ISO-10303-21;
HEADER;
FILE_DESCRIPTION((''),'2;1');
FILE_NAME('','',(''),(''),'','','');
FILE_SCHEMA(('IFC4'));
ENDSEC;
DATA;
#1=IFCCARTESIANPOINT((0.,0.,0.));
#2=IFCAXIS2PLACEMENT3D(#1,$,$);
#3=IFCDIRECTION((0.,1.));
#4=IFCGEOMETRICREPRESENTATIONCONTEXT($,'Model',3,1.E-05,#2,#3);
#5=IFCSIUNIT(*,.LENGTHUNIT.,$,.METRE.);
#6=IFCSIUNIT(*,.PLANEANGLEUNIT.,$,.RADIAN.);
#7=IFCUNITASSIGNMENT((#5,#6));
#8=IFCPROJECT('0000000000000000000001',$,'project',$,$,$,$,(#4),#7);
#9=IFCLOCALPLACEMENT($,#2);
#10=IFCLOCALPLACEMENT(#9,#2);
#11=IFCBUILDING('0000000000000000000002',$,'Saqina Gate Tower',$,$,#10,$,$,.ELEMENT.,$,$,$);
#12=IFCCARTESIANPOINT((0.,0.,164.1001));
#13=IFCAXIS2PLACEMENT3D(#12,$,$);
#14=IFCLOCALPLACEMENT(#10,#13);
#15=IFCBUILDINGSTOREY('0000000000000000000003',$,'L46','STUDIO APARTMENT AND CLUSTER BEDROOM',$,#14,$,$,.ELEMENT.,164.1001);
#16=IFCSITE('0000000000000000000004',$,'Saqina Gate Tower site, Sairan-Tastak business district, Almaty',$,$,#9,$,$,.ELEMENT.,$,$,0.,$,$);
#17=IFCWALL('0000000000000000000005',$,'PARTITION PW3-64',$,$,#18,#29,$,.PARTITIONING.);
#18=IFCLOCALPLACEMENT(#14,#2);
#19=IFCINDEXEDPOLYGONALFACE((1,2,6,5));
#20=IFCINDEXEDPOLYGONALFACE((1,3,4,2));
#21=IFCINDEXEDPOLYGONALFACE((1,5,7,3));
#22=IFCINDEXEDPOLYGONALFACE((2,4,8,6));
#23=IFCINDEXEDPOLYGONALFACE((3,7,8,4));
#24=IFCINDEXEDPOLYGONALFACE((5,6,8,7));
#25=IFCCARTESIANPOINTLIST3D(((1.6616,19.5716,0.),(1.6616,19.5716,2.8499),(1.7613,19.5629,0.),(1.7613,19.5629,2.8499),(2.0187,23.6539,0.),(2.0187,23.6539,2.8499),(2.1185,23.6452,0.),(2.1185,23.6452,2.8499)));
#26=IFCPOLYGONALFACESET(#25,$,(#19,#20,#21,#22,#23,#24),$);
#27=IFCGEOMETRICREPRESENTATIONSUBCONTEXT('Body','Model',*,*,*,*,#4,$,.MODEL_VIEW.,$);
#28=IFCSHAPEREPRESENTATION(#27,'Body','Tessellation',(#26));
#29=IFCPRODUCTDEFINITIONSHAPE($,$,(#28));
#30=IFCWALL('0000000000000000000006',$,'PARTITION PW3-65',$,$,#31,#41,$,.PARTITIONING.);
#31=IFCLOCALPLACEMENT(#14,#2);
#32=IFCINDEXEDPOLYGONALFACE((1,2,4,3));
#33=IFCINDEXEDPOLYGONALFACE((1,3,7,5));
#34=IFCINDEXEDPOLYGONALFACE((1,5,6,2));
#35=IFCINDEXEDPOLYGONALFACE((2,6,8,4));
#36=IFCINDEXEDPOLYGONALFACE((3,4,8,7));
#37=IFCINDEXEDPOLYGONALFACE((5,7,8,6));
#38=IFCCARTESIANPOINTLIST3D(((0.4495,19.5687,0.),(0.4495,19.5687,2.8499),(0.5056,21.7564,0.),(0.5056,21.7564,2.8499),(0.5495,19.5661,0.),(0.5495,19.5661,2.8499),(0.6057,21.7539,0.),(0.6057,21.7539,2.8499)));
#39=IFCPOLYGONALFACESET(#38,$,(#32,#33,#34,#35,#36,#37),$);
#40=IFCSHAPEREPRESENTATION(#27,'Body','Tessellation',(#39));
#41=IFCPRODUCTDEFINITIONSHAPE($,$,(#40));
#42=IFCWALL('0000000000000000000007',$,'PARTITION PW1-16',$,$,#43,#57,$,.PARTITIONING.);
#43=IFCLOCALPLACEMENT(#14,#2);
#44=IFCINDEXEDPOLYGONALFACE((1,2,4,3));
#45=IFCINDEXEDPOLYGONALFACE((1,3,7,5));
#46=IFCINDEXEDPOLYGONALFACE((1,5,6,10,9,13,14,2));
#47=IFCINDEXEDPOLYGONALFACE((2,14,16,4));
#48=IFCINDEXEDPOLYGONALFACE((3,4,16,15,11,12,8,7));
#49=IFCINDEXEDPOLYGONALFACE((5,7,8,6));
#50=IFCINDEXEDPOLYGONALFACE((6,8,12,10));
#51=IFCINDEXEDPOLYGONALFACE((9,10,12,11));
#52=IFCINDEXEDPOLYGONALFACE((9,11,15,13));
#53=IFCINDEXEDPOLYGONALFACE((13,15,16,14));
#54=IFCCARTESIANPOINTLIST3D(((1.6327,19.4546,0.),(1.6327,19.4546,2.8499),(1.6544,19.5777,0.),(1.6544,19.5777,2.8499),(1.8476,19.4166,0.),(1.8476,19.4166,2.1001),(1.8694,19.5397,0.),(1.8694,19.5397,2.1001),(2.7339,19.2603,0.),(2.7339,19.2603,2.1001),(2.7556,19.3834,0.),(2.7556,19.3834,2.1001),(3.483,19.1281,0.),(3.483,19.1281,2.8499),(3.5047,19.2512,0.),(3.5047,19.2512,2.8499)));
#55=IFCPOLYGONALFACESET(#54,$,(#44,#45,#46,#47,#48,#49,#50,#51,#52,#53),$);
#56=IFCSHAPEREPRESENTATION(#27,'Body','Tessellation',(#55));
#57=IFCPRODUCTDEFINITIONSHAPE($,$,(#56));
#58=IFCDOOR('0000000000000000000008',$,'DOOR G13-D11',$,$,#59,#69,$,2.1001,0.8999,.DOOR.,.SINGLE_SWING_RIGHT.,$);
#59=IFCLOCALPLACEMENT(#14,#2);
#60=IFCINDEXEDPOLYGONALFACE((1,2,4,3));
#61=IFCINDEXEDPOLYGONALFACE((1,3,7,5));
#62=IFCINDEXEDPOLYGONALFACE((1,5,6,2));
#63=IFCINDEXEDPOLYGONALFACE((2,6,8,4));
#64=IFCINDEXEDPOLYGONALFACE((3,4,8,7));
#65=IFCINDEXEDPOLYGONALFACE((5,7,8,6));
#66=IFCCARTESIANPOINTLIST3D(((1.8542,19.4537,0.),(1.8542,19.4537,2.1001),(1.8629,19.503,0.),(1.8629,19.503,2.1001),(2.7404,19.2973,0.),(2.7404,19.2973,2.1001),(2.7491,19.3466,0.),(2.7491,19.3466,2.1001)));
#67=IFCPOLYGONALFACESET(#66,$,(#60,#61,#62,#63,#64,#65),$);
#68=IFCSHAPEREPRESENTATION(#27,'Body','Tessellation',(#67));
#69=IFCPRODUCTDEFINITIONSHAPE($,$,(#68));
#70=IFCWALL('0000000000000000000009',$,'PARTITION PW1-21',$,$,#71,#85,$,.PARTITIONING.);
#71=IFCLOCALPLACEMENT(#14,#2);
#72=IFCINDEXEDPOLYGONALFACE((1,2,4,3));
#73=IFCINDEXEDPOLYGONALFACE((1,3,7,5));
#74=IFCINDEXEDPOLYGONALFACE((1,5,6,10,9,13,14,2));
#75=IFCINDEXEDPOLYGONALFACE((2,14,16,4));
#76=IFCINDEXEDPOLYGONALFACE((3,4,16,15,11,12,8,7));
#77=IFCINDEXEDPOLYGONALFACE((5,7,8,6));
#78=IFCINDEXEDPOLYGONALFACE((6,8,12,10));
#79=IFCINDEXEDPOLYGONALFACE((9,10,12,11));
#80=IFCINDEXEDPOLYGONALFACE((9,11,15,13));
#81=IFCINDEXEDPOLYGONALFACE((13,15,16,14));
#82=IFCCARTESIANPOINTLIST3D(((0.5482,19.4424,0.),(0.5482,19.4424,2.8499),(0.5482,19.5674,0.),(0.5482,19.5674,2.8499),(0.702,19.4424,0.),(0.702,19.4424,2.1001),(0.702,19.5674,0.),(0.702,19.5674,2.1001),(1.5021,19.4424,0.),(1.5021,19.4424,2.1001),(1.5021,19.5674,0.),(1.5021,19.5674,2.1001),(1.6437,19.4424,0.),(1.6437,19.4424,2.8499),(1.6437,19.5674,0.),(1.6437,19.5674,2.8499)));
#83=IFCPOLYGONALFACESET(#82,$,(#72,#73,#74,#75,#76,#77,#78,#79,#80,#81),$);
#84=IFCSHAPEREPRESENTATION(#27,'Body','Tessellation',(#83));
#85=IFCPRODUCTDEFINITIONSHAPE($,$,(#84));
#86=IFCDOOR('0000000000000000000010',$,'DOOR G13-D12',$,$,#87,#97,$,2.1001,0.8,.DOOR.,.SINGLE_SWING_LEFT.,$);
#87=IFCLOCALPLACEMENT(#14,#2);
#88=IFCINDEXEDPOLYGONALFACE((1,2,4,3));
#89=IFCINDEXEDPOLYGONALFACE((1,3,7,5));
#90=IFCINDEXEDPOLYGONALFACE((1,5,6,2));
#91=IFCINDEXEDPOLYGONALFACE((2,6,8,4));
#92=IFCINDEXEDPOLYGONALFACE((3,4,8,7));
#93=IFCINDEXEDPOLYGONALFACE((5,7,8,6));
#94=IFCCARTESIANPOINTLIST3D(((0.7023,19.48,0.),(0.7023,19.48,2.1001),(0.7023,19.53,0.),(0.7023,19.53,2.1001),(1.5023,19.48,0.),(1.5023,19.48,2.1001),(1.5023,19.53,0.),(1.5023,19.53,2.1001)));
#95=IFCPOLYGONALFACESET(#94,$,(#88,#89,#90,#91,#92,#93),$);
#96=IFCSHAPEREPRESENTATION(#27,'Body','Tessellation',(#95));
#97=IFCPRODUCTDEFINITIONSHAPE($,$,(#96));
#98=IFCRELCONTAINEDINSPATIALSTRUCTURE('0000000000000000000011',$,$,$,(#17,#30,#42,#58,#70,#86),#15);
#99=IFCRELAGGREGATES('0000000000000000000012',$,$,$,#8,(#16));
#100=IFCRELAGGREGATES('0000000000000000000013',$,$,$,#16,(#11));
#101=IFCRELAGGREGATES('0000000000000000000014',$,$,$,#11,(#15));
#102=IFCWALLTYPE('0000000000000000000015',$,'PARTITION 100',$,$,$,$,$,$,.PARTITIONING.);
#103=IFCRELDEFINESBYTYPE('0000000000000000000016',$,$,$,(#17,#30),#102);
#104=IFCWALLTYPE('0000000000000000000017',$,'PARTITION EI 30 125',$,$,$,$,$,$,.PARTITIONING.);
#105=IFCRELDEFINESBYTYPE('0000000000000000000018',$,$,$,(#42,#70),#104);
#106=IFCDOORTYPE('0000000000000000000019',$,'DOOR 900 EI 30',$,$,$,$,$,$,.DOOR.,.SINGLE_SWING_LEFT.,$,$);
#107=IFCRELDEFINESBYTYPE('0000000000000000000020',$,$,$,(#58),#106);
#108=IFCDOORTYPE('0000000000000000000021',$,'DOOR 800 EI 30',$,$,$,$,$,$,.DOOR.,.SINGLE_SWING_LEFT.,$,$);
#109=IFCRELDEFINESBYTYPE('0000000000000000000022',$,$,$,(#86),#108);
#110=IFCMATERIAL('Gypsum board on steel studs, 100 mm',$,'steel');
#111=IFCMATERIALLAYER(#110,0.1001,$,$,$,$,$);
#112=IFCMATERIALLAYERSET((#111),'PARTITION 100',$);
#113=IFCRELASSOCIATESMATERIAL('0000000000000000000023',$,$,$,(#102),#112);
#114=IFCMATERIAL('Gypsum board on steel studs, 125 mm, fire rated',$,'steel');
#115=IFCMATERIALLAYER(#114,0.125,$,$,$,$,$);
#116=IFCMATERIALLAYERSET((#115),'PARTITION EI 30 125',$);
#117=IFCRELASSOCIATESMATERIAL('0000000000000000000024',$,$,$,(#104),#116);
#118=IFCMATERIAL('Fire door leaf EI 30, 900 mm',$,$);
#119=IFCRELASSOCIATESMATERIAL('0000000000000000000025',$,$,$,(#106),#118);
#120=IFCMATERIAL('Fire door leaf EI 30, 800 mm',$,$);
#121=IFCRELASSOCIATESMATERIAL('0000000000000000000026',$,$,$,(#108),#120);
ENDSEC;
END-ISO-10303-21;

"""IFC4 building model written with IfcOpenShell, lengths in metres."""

from ifc_helpers import new_model, si_unit, direction, frame, frame_2d, origin, place, context, subcontext, project, spatial, rectangle, extrude, material, layer, layer_set, type_object, element, fill, save


model = new_model("IFC4")

# Units and contexts
model_context = context("Model", 3, precision=1e-05, world=origin(), true_north=direction((0.0, 1.0)))
body_context = subcontext(model_context, "Body", "Model", "MODEL_VIEW")
ifc_project = project(units=[si_unit("LENGTHUNIT", "METRE"), si_unit("PLANEANGLEUNIT", "RADIAN")], contexts=[model_context])

# Site, building, storey
site_placement = place(None, origin())
site = spatial("IfcSite", under=ifc_project, at=site_placement, Name="Saqina Gate Tower site, Sairan-Tastak business district, Almaty", CompositionType="ELEMENT", RefElevation=0.0)
building_placement = place(site_placement, origin())
building = spatial("IfcBuilding", under=site, at=building_placement, Name="Saqina Gate Tower", CompositionType="ELEMENT")
storey_placement = place(building_placement, frame((0.0, 0.0, 164.1001)))
storey = spatial("IfcBuildingStorey", under=building, at=storey_placement, Name="L46", Description="STUDIO APARTMENT AND CLUSTER BEDROOM", CompositionType="ELEMENT", Elevation=164.1001)

# Shared definitions
ifc_material_1 = material(Name="Gypsum board on steel studs, 100 mm", Category="steel")
ifc_layer_1 = layer(ifc_material_1, 0.1001)
ifc_layer_set_1 = layer_set([ifc_layer_1], Name="PARTITION 100")
wall_type_1 = type_object("IfcWallType", Name="PARTITION 100", PredefinedType="PARTITIONING", material=ifc_layer_set_1)

# Walls
wall_1_placement = place(storey_placement, frame((1.7114, 19.5674, 0.0), z_axis=(0.0, 0.0, 1.0), x_axis=(0.087162, 0.996194, 0.0)))
element("IfcWall", 1, at=wall_1_placement, inside=storey, type_object=wall_type_1, Name="PARTITION PW3-64", PredefinedType="PARTITIONING", context=body_context, shape_type="SweptSolid", body=[
    extrude(rectangle(XDim=4.0979, YDim=0.1001, at=frame_2d((2.0488, 0.0))), origin(), (0.0, 0.0, 1.0), 2.8499),
])
wall_2_placement = place(storey_placement, frame((0.4995, 19.5674, 0.0), z_axis=(0.0, 0.0, 1.0), x_axis=(0.025658, 0.999671, 0.0)))
element("IfcWall", 2, at=wall_2_placement, inside=storey, type_object=wall_type_1, Name="PARTITION PW3-65", PredefinedType="PARTITIONING", context=body_context, shape_type="SweptSolid", body=[
    extrude(rectangle(XDim=2.1885, YDim=0.1001, at=frame_2d((1.0942, 0.0))), origin(), (0.0, 0.0, 1.0), 2.8499),
])

# Walls, openings, doors
ifc_material_2 = material(Name="Gypsum board on steel studs, 125 mm, fire rated", Category="steel")
ifc_layer_2 = layer(ifc_material_2, 0.125)
ifc_layer_set_2 = layer_set([ifc_layer_2], Name="PARTITION EI 30 125")
wall_type_2 = type_object("IfcWallType", Name="PARTITION EI 30 125", PredefinedType="PARTITIONING", material=ifc_layer_set_2)
wall_3_placement = place(storey_placement, frame((1.6436, 19.5161, 0.0), z_axis=(0.0, 0.0, 1.0), x_axis=(0.984794, -0.173726, 0.0)))
wall_3 = element("IfcWall", 3, at=wall_3_placement, inside=storey, type_object=wall_type_2, Name="PARTITION PW1-16", PredefinedType="PARTITIONING", context=body_context, shape_type="SweptSolid", body=[
    extrude(rectangle(XDim=1.8789, YDim=0.125, at=frame_2d((0.9395, 0.0))), origin(), (0.0, 0.0, 1.0), 2.8499),
])
opening_1_placement = place(wall_3_placement, frame((0.2183, 0.0, 0.0)))
opening_1 = element("IfcOpeningElement", 4, at=opening_1_placement, cuts=wall_3, PredefinedType="OPENING", context=body_context, shape_type="SweptSolid", body=[
    extrude(rectangle(XDim=0.8999, YDim=2.1001, at=frame_2d((0.45, 1.05))), frame((0.0, 0.0745, 0.0), z_axis=(0.0, -1.0, 0.0), x_axis=(1.0, 0.0, 0.0)), (0.0, 0.0, 1.0), 0.1489),
])
ifc_material_3 = material(Name="Fire door leaf EI 30, 900 mm")
door_type_1 = type_object("IfcDoorType", Name="DOOR 900 EI 30", OperationType="SINGLE_SWING_LEFT", PredefinedType="DOOR", material=ifc_material_3)
door_1_placement = place(opening_1_placement, frame((0.8999, 0.0, 0.0), z_axis=(0.0, 0.0, 1.0), x_axis=(-1.0, 0.0, 0.0)))
door_1 = element("IfcDoor", 5, at=door_1_placement, inside=storey, type_object=door_type_1, Name="DOOR G13-D11", OperationType="SINGLE_SWING_RIGHT", OverallHeight=2.1001, OverallWidth=0.8999, PredefinedType="DOOR", context=body_context, shape_type="SweptSolid", body=[
    extrude(rectangle(XDim=0.8999, YDim=2.1001, at=frame_2d((0.45, 1.05))), frame((0.0, 0.0249, 0.0), z_axis=(0.0, -1.0, 0.0), x_axis=(1.0, 0.0, 0.0)), (0.0, 0.0, 1.0), 0.05),
])
fill(opening_1, door_1)
wall_4_placement = place(storey_placement, frame((0.5481, 19.5049, 0.0), z_axis=(0.0, 0.0, 1.0), x_axis=(1.0, 0.0, 0.0)))
wall_4 = element("IfcWall", 6, at=wall_4_placement, inside=storey, type_object=wall_type_2, Name="PARTITION PW1-21", PredefinedType="PARTITIONING", context=body_context, shape_type="SweptSolid", body=[
    extrude(rectangle(XDim=1.0955, YDim=0.125, at=frame_2d((0.5479, 0.0))), origin(), (0.0, 0.0, 1.0), 2.8499),
])
opening_2_placement = place(wall_4_placement, frame((0.1541, 0.0, 0.0)))
opening_2 = element("IfcOpeningElement", 7, at=opening_2_placement, cuts=wall_4, PredefinedType="OPENING", context=body_context, shape_type="SweptSolid", body=[
    extrude(rectangle(XDim=0.8, YDim=2.1001, at=frame_2d((0.3999, 1.05))), frame((0.0, 0.0745, 0.0), z_axis=(0.0, -1.0, 0.0), x_axis=(1.0, 0.0, 0.0)), (0.0, 0.0, 1.0), 0.1489),
])
ifc_material_4 = material(Name="Fire door leaf EI 30, 800 mm")
door_type_2 = type_object("IfcDoorType", Name="DOOR 800 EI 30", OperationType="SINGLE_SWING_LEFT", PredefinedType="DOOR", material=ifc_material_4)
door_2_placement = place(opening_2_placement, frame((0.8, 0.0, 0.0), z_axis=(0.0, 0.0, 1.0), x_axis=(-1.0, 0.0, 0.0)))
door_2 = element("IfcDoor", 8, at=door_2_placement, inside=storey, type_object=door_type_2, Name="DOOR G13-D12", OperationType="SINGLE_SWING_LEFT", OverallHeight=2.1001, OverallWidth=0.8, PredefinedType="DOOR", context=body_context, shape_type="SweptSolid", body=[
    extrude(rectangle(XDim=0.8, YDim=2.1001, at=frame_2d((0.3999, 1.05))), frame((0.0, 0.0249, 0.0), z_axis=(0.0, -1.0, 0.0), x_axis=(1.0, 0.0, 0.0)), (0.0, 0.0, 1.0), 0.05),
])
fill(opening_2, door_2)

save(model, "model.ifc")
